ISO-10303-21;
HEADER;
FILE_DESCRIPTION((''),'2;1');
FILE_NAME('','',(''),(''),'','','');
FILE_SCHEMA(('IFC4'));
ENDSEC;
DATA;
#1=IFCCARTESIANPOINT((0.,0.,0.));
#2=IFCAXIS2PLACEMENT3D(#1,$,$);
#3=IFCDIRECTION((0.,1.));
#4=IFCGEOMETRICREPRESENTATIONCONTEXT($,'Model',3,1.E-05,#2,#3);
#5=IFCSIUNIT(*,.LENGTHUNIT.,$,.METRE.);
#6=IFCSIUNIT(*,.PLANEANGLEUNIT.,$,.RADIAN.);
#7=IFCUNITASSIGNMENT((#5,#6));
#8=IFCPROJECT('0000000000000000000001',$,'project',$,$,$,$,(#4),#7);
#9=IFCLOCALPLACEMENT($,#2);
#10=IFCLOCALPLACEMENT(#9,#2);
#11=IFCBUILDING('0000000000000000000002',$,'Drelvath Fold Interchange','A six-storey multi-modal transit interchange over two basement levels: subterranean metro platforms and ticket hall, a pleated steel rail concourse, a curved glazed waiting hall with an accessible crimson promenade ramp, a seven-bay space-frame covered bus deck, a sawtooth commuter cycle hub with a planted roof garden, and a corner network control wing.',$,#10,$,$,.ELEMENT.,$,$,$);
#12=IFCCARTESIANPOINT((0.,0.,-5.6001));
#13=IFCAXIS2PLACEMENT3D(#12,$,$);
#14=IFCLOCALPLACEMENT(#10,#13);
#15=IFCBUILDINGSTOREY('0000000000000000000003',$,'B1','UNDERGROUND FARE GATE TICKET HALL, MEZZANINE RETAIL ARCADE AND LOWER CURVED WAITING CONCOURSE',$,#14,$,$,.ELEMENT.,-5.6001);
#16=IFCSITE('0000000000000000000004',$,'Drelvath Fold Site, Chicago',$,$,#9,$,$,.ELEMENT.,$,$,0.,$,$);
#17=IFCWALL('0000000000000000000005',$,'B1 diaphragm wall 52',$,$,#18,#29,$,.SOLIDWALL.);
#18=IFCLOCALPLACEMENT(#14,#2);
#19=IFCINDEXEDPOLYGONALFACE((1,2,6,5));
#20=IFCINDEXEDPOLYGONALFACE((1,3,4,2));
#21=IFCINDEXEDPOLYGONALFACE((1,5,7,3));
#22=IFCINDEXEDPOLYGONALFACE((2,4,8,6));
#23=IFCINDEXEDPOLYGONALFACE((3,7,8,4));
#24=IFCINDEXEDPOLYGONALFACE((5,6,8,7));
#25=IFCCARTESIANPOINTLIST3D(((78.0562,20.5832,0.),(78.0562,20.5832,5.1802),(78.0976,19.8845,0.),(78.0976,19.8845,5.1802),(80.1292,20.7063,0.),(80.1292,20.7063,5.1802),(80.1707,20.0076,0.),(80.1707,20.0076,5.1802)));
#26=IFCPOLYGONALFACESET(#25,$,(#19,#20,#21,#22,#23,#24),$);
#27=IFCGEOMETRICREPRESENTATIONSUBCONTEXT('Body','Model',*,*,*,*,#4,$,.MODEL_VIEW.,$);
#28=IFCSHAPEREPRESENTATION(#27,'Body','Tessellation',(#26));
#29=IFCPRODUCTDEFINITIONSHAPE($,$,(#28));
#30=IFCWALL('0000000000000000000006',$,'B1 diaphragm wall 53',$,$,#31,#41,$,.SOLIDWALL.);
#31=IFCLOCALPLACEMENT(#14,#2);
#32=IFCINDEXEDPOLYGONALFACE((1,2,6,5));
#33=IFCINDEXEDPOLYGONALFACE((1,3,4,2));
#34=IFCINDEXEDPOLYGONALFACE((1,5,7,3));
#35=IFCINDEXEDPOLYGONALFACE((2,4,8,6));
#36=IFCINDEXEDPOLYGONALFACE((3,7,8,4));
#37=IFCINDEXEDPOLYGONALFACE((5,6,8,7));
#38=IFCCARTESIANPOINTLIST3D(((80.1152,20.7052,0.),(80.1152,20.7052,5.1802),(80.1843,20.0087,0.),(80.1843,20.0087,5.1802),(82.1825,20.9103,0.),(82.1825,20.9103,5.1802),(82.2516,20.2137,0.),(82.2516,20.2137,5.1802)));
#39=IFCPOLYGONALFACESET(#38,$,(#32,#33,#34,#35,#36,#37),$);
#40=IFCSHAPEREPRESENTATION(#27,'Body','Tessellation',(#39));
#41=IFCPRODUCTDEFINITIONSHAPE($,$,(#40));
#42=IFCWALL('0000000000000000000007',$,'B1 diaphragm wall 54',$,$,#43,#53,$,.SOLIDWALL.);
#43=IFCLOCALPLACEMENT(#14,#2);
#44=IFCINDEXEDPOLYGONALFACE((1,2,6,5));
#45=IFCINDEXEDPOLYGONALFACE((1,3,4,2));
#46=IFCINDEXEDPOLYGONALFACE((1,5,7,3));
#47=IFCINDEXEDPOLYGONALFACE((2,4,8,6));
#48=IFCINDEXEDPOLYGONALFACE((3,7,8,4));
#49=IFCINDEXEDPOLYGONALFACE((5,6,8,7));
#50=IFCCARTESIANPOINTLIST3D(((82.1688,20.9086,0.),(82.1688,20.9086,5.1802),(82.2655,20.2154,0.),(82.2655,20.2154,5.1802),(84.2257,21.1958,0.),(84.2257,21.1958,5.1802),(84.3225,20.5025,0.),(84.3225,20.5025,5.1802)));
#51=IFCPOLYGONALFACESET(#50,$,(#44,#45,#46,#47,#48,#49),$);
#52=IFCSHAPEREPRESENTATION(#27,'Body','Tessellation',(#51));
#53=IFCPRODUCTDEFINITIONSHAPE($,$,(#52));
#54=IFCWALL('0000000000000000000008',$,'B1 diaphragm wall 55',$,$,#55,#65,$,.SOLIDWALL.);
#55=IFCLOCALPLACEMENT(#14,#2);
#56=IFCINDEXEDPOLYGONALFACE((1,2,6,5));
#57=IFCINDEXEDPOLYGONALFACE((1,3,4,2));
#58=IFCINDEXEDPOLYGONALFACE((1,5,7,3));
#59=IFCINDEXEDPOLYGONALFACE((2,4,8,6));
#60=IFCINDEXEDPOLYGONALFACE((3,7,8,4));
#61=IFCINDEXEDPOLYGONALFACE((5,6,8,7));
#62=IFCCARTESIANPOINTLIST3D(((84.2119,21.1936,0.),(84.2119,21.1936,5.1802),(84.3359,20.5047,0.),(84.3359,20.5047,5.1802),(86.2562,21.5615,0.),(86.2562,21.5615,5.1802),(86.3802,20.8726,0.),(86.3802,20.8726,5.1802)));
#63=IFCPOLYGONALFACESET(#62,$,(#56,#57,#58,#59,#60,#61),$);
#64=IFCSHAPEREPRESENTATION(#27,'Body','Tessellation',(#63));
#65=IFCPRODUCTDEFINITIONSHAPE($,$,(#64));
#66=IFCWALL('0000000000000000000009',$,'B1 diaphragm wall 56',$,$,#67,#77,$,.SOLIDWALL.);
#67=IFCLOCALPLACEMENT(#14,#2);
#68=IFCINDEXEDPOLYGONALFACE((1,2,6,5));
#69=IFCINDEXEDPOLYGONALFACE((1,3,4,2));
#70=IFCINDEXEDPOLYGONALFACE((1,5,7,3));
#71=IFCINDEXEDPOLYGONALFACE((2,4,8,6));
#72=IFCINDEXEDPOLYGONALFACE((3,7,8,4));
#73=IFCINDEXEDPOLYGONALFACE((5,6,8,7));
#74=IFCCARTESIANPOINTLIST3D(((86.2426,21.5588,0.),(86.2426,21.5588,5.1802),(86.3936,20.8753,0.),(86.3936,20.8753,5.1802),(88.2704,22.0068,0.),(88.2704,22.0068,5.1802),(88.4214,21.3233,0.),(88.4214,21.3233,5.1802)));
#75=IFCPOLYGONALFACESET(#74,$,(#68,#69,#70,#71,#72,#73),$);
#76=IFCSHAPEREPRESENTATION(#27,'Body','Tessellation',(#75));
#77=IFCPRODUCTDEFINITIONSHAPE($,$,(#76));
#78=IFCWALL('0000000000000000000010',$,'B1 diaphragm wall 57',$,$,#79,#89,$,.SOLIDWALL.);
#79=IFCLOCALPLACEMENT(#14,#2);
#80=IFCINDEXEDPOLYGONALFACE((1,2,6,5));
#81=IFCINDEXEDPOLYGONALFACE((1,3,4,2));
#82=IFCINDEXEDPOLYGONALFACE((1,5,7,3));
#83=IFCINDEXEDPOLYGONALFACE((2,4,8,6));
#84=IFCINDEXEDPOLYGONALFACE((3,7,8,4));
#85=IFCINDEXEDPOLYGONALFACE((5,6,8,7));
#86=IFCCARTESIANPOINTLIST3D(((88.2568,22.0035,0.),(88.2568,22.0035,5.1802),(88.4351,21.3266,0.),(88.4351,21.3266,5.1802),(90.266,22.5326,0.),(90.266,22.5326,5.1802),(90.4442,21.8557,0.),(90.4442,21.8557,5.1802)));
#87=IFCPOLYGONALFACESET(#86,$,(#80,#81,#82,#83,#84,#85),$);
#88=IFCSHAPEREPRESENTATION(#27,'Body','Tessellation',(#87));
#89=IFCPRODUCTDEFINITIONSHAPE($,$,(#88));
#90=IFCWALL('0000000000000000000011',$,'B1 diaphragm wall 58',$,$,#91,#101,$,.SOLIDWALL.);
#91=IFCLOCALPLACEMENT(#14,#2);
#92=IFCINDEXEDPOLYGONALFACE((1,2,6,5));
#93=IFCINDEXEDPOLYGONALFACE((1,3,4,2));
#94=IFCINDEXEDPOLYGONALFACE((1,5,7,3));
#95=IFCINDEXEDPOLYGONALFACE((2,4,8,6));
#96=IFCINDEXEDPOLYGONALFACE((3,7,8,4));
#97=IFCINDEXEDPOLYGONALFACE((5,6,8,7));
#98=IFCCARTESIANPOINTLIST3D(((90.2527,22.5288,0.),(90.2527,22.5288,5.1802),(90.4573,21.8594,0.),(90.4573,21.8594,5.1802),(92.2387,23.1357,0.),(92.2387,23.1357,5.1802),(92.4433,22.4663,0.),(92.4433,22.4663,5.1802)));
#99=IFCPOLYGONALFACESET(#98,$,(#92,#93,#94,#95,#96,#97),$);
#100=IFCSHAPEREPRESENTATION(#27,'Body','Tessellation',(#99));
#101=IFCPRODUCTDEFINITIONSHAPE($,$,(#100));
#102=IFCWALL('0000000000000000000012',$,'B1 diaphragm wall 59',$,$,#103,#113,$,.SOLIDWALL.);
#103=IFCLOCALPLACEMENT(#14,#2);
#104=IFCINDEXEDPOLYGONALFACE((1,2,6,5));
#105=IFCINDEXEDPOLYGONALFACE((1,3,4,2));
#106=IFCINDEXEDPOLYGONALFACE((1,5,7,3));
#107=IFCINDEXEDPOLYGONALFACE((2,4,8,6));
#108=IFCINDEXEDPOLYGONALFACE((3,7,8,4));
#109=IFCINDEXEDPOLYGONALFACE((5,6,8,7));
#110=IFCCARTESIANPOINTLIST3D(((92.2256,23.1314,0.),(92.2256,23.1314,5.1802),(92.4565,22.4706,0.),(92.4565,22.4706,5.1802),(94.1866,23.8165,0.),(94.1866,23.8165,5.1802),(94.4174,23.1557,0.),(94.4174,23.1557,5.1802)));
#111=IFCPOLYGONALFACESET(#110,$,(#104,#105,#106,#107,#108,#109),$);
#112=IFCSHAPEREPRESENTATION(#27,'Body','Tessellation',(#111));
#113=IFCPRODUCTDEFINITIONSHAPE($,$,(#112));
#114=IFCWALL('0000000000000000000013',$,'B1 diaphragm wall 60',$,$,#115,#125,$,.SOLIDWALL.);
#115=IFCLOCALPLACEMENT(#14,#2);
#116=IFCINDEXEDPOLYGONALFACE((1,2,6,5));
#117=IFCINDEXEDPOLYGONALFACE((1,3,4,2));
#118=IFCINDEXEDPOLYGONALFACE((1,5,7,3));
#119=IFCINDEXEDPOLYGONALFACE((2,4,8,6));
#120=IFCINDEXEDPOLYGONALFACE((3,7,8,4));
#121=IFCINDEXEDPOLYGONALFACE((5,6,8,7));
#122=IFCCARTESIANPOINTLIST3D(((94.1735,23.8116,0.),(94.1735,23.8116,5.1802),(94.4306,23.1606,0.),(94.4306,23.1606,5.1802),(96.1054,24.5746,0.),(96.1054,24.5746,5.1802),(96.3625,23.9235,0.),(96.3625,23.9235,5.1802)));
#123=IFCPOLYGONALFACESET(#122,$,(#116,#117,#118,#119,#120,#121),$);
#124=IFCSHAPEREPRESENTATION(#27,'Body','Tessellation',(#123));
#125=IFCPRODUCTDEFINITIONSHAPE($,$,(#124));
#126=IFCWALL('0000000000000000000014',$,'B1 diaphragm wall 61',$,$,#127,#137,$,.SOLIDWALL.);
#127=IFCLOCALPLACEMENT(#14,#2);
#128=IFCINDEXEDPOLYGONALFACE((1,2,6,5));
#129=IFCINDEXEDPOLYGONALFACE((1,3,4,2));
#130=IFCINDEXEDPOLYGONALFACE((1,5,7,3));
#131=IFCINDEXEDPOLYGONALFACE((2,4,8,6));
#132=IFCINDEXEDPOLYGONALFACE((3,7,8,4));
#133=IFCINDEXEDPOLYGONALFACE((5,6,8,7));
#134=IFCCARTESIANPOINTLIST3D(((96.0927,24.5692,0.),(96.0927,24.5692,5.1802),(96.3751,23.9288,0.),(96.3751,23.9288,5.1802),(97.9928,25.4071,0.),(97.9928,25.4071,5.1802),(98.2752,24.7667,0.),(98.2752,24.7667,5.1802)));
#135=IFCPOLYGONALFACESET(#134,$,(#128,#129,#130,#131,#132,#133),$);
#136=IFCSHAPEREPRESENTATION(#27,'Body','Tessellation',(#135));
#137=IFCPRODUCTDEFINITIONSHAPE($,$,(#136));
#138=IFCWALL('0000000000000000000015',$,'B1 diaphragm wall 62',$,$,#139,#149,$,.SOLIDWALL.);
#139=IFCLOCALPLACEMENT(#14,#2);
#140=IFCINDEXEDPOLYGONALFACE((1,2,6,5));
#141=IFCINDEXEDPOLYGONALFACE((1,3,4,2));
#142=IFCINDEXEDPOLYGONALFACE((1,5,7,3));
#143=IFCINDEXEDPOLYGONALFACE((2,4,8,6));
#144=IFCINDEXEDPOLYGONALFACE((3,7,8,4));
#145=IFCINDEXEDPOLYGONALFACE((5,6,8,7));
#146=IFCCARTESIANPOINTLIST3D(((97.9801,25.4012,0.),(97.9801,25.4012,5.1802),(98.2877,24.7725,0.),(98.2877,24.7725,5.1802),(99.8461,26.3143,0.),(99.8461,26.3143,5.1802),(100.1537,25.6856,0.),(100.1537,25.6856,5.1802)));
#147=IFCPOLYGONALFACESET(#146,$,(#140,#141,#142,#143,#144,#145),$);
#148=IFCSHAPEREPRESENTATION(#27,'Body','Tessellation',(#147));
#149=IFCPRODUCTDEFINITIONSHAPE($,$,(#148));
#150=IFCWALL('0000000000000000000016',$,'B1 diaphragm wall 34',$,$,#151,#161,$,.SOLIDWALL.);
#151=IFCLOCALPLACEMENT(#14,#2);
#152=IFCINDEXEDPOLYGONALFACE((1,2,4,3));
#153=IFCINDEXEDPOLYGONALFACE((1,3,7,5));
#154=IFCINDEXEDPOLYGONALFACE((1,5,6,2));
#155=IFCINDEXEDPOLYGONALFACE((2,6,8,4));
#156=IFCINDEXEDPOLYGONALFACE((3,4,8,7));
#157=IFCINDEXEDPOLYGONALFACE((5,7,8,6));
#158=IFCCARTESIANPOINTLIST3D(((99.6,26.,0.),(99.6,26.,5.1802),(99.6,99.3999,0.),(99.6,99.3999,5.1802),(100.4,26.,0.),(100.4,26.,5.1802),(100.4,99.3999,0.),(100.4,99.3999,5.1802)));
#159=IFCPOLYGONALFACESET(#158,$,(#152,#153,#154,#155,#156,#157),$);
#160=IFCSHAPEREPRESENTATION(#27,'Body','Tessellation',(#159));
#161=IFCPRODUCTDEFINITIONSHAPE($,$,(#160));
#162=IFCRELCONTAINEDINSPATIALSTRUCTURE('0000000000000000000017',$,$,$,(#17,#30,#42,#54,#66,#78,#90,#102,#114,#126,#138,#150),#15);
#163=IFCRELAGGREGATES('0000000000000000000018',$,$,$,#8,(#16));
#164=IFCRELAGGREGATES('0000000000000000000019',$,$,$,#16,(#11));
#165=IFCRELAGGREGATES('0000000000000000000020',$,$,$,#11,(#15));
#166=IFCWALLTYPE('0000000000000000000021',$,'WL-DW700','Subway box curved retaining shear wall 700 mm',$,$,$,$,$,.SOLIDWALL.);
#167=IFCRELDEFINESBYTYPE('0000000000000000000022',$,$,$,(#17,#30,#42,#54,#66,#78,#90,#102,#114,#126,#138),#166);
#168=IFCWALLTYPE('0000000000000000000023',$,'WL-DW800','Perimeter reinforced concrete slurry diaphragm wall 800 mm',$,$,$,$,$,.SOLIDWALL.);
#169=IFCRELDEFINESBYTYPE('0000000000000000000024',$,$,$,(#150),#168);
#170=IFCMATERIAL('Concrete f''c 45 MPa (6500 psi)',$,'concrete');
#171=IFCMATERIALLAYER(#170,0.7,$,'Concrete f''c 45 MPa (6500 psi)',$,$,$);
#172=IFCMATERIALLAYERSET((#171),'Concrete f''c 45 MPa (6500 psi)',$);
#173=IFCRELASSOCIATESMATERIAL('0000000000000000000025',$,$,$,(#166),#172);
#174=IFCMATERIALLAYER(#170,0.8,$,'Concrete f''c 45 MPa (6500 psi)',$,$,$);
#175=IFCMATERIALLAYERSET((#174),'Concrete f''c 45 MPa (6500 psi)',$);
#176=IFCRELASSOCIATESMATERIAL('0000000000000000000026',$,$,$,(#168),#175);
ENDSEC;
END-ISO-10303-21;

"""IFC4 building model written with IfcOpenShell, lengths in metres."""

from ifc_helpers import new_model, si_unit, direction, frame, frame_2d, origin, place, context, subcontext, project, spatial, rectangle, extrude, material, layer, layer_set, type_object, element, save


model = new_model("IFC4")

# Units and contexts
model_context = context("Model", 3, precision=1e-05, world=origin(), true_north=direction((0.0, 1.0)))
body_context = subcontext(model_context, "Body", "Model", "MODEL_VIEW")
ifc_project = project(units=[si_unit("LENGTHUNIT", "METRE"), si_unit("PLANEANGLEUNIT", "RADIAN")], contexts=[model_context])

# Site, building, storey
site_placement = place(None, origin())
site = spatial("IfcSite", under=ifc_project, at=site_placement, Name="Drelvath Fold Site, Chicago", CompositionType="ELEMENT", RefElevation=0.0)
building_placement = place(site_placement, origin())
building = spatial("IfcBuilding", under=site, at=building_placement, Name="Drelvath Fold Interchange", Description="A six-storey multi-modal transit interchange over two basement levels: subterranean metro platforms and ticket hall, a pleated steel rail concourse, a curved glazed waiting hall with an accessible crimson promenade ramp, a seven-bay space-frame covered bus deck, a sawtooth commuter cycle hub with a planted roof garden, and a corner network control wing.", CompositionType="ELEMENT")
storey_placement = place(building_placement, frame((0.0, 0.0, -5.6001)))
storey = spatial("IfcBuildingStorey", under=building, at=storey_placement, Name="B1", Description="UNDERGROUND FARE GATE TICKET HALL, MEZZANINE RETAIL ARCADE AND LOWER CURVED WAITING CONCOURSE", CompositionType="ELEMENT", Elevation=-5.6001)

# Shared definitions
ifc_material_1 = material(Name="Concrete f'c 45 MPa (6500 psi)", Category="concrete")

# Walls
ifc_layer_1 = layer(ifc_material_1, 0.7, Name="Concrete f'c 45 MPa (6500 psi)")
ifc_layer_set_1 = layer_set([ifc_layer_1], Name="Concrete f'c 45 MPa (6500 psi)")
wall_type_1 = type_object("IfcWallType", Name="WL-DW700", Description="Subway box curved retaining shear wall 700 mm", PredefinedType="SOLIDWALL", material=ifc_layer_set_1)
wall_1_placement = place(storey_placement, frame((78.0769, 20.2339, 0.0), z_axis=(0.0, 0.0, 1.0), x_axis=(0.998243, 0.059253, 0.0)))
element("IfcWall", 1, at=wall_1_placement, inside=storey, type_object=wall_type_1, Name="B1 diaphragm wall 52", PredefinedType="SOLIDWALL", context=body_context, shape_type="SweptSolid", body=[
    extrude(rectangle(XDim=2.0767, YDim=0.7, at=frame_2d((1.0383, 0.0))), origin(), (0.0, 0.0, 1.0), 5.1802),
])
wall_2_placement = place(storey_placement, frame((80.1499, 20.3569, 0.0), z_axis=(0.0, 0.0, 1.0), x_axis=(0.995115, 0.098724, 0.0)))
element("IfcWall", 2, at=wall_2_placement, inside=storey, type_object=wall_type_1, Name="B1 diaphragm wall 53", PredefinedType="SOLIDWALL", context=body_context, shape_type="SweptSolid", body=[
    extrude(rectangle(XDim=2.0774, YDim=0.7, at=frame_2d((1.0386, 0.0))), origin(), (0.0, 0.0, 1.0), 5.1802),
])
wall_3_placement = place(storey_placement, frame((82.217, 20.562, 0.0), z_axis=(0.0, 0.0, 1.0), x_axis=(0.990398, 0.138244, 0.0)))
element("IfcWall", 3, at=wall_3_placement, inside=storey, type_object=wall_type_1, Name="B1 diaphragm wall 54", PredefinedType="SOLIDWALL", context=body_context, shape_type="SweptSolid", body=[
    extrude(rectangle(XDim=2.0769, YDim=0.7, at=frame_2d((1.0386, 0.0))), origin(), (0.0, 0.0, 1.0), 5.1802),
])
wall_4_placement = place(storey_placement, frame((84.2739, 20.8491, 0.0), z_axis=(0.0, 0.0, 1.0), x_axis=(0.984186, 0.177137, 0.0)))
element("IfcWall", 4, at=wall_4_placement, inside=storey, type_object=wall_type_1, Name="B1 diaphragm wall 55", PredefinedType="SOLIDWALL", context=body_context, shape_type="SweptSolid", body=[
    extrude(rectangle(XDim=2.0771, YDim=0.7, at=frame_2d((1.0386, 0.0))), origin(), (0.0, 0.0, 1.0), 5.1802),
])
wall_5_placement = place(storey_placement, frame((86.3181, 21.217, 0.0), z_axis=(0.0, 0.0, 1.0), x_axis=(0.976455, 0.215723, 0.0)))
element("IfcWall", 5, at=wall_5_placement, inside=storey, type_object=wall_type_1, Name="B1 diaphragm wall 56", PredefinedType="SOLIDWALL", context=body_context, shape_type="SweptSolid", body=[
    extrude(rectangle(XDim=2.0767, YDim=0.7, at=frame_2d((1.0383, 0.0))), origin(), (0.0, 0.0, 1.0), 5.1802),
])
wall_6_placement = place(storey_placement, frame((88.3459, 21.665, 0.0), z_axis=(0.0, 0.0, 1.0), x_axis=(0.967032, 0.254655, 0.0)))
element("IfcWall", 6, at=wall_6_placement, inside=storey, type_object=wall_type_1, Name="B1 diaphragm wall 57", PredefinedType="SOLIDWALL", context=body_context, shape_type="SweptSolid", body=[
    extrude(rectangle(XDim=2.0776, YDim=0.7, at=frame_2d((1.0388, 0.0))), origin(), (0.0, 0.0, 1.0), 5.1802),
])
wall_7_placement = place(storey_placement, frame((90.355, 22.1941, 0.0), z_axis=(0.0, 0.0, 1.0), x_axis=(0.956342, 0.292251, 0.0)))
element("IfcWall", 7, at=wall_7_placement, inside=storey, type_object=wall_type_1, Name="B1 diaphragm wall 58", PredefinedType="SOLIDWALL", context=body_context, shape_type="SweptSolid", body=[
    extrude(rectangle(XDim=2.0767, YDim=0.7, at=frame_2d((1.0383, 0.0))), origin(), (0.0, 0.0, 1.0), 5.1802),
])
for number, where, z_axis, x_axis, name in (
    (8, (92.3411, 22.801, 0.0), (0.0, 0.0, 1.0), (0.944049, 0.329806, 0.0), "B1 diaphragm wall 59"),
    (9, (94.302, 23.4861, 0.0), (0.0, 0.0, 1.0), (0.930097, 0.367314, 0.0), "B1 diaphragm wall 60"),
):
    element("IfcWall", number, at=place(storey_placement, frame(where, z_axis=z_axis, x_axis=x_axis)), inside=storey, type_object=wall_type_1, Name=name, PredefinedType="SOLIDWALL", context=body_context, shape_type="SweptSolid", body=[
        extrude(rectangle(XDim=2.0771, YDim=0.7, at=frame_2d((1.0386, 0.0))), origin(), (0.0, 0.0, 1.0), 5.1802),
    ])
wall_8_placement = place(storey_placement, frame((96.2339, 24.249, 0.0), z_axis=(0.0, 0.0, 1.0), x_axis=(0.914991, 0.403475, 0.0)))
element("IfcWall", 10, at=wall_8_placement, inside=storey, type_object=wall_type_1, Name="B1 diaphragm wall 61", PredefinedType="SOLIDWALL", context=body_context, shape_type="SweptSolid", body=[
    extrude(rectangle(XDim=2.0767, YDim=0.7, at=frame_2d((1.0383, 0.0))), origin(), (0.0, 0.0, 1.0), 5.1802),
])
wall_9_placement = place(storey_placement, frame((98.134, 25.0869, 0.0), z_axis=(0.0, 0.0, 1.0), x_axis=(0.898226, 0.439535, 0.0)))
element("IfcWall", 11, at=wall_9_placement, inside=storey, type_object=wall_type_1, Name="B1 diaphragm wall 62", PredefinedType="SOLIDWALL", context=body_context, shape_type="SweptSolid", body=[
    extrude(rectangle(XDim=2.0774, YDim=0.7, at=frame_2d((1.0386, 0.0))), origin(), (0.0, 0.0, 1.0), 5.1802),
])
ifc_layer_2 = layer(ifc_material_1, 0.8, Name="Concrete f'c 45 MPa (6500 psi)")
ifc_layer_set_2 = layer_set([ifc_layer_2], Name="Concrete f'c 45 MPa (6500 psi)")
wall_type_2 = type_object("IfcWallType", Name="WL-DW800", Description="Perimeter reinforced concrete slurry diaphragm wall 800 mm", PredefinedType="SOLIDWALL", material=ifc_layer_set_2)
wall_10_placement = place(storey_placement, frame((100.0, 26.0, 0.0), z_axis=(0.0, 0.0, 1.0), x_axis=(0.0, 1.0, 0.0)))
element("IfcWall", 12, at=wall_10_placement, inside=storey, type_object=wall_type_2, Name="B1 diaphragm wall 34", PredefinedType="SOLIDWALL", context=body_context, shape_type="SweptSolid", body=[
    extrude(rectangle(XDim=73.3999, YDim=0.8, at=frame_2d((36.7, 0.0))), origin(), (0.0, 0.0, 1.0), 5.1802),
])

save(model, "model.ifc")
